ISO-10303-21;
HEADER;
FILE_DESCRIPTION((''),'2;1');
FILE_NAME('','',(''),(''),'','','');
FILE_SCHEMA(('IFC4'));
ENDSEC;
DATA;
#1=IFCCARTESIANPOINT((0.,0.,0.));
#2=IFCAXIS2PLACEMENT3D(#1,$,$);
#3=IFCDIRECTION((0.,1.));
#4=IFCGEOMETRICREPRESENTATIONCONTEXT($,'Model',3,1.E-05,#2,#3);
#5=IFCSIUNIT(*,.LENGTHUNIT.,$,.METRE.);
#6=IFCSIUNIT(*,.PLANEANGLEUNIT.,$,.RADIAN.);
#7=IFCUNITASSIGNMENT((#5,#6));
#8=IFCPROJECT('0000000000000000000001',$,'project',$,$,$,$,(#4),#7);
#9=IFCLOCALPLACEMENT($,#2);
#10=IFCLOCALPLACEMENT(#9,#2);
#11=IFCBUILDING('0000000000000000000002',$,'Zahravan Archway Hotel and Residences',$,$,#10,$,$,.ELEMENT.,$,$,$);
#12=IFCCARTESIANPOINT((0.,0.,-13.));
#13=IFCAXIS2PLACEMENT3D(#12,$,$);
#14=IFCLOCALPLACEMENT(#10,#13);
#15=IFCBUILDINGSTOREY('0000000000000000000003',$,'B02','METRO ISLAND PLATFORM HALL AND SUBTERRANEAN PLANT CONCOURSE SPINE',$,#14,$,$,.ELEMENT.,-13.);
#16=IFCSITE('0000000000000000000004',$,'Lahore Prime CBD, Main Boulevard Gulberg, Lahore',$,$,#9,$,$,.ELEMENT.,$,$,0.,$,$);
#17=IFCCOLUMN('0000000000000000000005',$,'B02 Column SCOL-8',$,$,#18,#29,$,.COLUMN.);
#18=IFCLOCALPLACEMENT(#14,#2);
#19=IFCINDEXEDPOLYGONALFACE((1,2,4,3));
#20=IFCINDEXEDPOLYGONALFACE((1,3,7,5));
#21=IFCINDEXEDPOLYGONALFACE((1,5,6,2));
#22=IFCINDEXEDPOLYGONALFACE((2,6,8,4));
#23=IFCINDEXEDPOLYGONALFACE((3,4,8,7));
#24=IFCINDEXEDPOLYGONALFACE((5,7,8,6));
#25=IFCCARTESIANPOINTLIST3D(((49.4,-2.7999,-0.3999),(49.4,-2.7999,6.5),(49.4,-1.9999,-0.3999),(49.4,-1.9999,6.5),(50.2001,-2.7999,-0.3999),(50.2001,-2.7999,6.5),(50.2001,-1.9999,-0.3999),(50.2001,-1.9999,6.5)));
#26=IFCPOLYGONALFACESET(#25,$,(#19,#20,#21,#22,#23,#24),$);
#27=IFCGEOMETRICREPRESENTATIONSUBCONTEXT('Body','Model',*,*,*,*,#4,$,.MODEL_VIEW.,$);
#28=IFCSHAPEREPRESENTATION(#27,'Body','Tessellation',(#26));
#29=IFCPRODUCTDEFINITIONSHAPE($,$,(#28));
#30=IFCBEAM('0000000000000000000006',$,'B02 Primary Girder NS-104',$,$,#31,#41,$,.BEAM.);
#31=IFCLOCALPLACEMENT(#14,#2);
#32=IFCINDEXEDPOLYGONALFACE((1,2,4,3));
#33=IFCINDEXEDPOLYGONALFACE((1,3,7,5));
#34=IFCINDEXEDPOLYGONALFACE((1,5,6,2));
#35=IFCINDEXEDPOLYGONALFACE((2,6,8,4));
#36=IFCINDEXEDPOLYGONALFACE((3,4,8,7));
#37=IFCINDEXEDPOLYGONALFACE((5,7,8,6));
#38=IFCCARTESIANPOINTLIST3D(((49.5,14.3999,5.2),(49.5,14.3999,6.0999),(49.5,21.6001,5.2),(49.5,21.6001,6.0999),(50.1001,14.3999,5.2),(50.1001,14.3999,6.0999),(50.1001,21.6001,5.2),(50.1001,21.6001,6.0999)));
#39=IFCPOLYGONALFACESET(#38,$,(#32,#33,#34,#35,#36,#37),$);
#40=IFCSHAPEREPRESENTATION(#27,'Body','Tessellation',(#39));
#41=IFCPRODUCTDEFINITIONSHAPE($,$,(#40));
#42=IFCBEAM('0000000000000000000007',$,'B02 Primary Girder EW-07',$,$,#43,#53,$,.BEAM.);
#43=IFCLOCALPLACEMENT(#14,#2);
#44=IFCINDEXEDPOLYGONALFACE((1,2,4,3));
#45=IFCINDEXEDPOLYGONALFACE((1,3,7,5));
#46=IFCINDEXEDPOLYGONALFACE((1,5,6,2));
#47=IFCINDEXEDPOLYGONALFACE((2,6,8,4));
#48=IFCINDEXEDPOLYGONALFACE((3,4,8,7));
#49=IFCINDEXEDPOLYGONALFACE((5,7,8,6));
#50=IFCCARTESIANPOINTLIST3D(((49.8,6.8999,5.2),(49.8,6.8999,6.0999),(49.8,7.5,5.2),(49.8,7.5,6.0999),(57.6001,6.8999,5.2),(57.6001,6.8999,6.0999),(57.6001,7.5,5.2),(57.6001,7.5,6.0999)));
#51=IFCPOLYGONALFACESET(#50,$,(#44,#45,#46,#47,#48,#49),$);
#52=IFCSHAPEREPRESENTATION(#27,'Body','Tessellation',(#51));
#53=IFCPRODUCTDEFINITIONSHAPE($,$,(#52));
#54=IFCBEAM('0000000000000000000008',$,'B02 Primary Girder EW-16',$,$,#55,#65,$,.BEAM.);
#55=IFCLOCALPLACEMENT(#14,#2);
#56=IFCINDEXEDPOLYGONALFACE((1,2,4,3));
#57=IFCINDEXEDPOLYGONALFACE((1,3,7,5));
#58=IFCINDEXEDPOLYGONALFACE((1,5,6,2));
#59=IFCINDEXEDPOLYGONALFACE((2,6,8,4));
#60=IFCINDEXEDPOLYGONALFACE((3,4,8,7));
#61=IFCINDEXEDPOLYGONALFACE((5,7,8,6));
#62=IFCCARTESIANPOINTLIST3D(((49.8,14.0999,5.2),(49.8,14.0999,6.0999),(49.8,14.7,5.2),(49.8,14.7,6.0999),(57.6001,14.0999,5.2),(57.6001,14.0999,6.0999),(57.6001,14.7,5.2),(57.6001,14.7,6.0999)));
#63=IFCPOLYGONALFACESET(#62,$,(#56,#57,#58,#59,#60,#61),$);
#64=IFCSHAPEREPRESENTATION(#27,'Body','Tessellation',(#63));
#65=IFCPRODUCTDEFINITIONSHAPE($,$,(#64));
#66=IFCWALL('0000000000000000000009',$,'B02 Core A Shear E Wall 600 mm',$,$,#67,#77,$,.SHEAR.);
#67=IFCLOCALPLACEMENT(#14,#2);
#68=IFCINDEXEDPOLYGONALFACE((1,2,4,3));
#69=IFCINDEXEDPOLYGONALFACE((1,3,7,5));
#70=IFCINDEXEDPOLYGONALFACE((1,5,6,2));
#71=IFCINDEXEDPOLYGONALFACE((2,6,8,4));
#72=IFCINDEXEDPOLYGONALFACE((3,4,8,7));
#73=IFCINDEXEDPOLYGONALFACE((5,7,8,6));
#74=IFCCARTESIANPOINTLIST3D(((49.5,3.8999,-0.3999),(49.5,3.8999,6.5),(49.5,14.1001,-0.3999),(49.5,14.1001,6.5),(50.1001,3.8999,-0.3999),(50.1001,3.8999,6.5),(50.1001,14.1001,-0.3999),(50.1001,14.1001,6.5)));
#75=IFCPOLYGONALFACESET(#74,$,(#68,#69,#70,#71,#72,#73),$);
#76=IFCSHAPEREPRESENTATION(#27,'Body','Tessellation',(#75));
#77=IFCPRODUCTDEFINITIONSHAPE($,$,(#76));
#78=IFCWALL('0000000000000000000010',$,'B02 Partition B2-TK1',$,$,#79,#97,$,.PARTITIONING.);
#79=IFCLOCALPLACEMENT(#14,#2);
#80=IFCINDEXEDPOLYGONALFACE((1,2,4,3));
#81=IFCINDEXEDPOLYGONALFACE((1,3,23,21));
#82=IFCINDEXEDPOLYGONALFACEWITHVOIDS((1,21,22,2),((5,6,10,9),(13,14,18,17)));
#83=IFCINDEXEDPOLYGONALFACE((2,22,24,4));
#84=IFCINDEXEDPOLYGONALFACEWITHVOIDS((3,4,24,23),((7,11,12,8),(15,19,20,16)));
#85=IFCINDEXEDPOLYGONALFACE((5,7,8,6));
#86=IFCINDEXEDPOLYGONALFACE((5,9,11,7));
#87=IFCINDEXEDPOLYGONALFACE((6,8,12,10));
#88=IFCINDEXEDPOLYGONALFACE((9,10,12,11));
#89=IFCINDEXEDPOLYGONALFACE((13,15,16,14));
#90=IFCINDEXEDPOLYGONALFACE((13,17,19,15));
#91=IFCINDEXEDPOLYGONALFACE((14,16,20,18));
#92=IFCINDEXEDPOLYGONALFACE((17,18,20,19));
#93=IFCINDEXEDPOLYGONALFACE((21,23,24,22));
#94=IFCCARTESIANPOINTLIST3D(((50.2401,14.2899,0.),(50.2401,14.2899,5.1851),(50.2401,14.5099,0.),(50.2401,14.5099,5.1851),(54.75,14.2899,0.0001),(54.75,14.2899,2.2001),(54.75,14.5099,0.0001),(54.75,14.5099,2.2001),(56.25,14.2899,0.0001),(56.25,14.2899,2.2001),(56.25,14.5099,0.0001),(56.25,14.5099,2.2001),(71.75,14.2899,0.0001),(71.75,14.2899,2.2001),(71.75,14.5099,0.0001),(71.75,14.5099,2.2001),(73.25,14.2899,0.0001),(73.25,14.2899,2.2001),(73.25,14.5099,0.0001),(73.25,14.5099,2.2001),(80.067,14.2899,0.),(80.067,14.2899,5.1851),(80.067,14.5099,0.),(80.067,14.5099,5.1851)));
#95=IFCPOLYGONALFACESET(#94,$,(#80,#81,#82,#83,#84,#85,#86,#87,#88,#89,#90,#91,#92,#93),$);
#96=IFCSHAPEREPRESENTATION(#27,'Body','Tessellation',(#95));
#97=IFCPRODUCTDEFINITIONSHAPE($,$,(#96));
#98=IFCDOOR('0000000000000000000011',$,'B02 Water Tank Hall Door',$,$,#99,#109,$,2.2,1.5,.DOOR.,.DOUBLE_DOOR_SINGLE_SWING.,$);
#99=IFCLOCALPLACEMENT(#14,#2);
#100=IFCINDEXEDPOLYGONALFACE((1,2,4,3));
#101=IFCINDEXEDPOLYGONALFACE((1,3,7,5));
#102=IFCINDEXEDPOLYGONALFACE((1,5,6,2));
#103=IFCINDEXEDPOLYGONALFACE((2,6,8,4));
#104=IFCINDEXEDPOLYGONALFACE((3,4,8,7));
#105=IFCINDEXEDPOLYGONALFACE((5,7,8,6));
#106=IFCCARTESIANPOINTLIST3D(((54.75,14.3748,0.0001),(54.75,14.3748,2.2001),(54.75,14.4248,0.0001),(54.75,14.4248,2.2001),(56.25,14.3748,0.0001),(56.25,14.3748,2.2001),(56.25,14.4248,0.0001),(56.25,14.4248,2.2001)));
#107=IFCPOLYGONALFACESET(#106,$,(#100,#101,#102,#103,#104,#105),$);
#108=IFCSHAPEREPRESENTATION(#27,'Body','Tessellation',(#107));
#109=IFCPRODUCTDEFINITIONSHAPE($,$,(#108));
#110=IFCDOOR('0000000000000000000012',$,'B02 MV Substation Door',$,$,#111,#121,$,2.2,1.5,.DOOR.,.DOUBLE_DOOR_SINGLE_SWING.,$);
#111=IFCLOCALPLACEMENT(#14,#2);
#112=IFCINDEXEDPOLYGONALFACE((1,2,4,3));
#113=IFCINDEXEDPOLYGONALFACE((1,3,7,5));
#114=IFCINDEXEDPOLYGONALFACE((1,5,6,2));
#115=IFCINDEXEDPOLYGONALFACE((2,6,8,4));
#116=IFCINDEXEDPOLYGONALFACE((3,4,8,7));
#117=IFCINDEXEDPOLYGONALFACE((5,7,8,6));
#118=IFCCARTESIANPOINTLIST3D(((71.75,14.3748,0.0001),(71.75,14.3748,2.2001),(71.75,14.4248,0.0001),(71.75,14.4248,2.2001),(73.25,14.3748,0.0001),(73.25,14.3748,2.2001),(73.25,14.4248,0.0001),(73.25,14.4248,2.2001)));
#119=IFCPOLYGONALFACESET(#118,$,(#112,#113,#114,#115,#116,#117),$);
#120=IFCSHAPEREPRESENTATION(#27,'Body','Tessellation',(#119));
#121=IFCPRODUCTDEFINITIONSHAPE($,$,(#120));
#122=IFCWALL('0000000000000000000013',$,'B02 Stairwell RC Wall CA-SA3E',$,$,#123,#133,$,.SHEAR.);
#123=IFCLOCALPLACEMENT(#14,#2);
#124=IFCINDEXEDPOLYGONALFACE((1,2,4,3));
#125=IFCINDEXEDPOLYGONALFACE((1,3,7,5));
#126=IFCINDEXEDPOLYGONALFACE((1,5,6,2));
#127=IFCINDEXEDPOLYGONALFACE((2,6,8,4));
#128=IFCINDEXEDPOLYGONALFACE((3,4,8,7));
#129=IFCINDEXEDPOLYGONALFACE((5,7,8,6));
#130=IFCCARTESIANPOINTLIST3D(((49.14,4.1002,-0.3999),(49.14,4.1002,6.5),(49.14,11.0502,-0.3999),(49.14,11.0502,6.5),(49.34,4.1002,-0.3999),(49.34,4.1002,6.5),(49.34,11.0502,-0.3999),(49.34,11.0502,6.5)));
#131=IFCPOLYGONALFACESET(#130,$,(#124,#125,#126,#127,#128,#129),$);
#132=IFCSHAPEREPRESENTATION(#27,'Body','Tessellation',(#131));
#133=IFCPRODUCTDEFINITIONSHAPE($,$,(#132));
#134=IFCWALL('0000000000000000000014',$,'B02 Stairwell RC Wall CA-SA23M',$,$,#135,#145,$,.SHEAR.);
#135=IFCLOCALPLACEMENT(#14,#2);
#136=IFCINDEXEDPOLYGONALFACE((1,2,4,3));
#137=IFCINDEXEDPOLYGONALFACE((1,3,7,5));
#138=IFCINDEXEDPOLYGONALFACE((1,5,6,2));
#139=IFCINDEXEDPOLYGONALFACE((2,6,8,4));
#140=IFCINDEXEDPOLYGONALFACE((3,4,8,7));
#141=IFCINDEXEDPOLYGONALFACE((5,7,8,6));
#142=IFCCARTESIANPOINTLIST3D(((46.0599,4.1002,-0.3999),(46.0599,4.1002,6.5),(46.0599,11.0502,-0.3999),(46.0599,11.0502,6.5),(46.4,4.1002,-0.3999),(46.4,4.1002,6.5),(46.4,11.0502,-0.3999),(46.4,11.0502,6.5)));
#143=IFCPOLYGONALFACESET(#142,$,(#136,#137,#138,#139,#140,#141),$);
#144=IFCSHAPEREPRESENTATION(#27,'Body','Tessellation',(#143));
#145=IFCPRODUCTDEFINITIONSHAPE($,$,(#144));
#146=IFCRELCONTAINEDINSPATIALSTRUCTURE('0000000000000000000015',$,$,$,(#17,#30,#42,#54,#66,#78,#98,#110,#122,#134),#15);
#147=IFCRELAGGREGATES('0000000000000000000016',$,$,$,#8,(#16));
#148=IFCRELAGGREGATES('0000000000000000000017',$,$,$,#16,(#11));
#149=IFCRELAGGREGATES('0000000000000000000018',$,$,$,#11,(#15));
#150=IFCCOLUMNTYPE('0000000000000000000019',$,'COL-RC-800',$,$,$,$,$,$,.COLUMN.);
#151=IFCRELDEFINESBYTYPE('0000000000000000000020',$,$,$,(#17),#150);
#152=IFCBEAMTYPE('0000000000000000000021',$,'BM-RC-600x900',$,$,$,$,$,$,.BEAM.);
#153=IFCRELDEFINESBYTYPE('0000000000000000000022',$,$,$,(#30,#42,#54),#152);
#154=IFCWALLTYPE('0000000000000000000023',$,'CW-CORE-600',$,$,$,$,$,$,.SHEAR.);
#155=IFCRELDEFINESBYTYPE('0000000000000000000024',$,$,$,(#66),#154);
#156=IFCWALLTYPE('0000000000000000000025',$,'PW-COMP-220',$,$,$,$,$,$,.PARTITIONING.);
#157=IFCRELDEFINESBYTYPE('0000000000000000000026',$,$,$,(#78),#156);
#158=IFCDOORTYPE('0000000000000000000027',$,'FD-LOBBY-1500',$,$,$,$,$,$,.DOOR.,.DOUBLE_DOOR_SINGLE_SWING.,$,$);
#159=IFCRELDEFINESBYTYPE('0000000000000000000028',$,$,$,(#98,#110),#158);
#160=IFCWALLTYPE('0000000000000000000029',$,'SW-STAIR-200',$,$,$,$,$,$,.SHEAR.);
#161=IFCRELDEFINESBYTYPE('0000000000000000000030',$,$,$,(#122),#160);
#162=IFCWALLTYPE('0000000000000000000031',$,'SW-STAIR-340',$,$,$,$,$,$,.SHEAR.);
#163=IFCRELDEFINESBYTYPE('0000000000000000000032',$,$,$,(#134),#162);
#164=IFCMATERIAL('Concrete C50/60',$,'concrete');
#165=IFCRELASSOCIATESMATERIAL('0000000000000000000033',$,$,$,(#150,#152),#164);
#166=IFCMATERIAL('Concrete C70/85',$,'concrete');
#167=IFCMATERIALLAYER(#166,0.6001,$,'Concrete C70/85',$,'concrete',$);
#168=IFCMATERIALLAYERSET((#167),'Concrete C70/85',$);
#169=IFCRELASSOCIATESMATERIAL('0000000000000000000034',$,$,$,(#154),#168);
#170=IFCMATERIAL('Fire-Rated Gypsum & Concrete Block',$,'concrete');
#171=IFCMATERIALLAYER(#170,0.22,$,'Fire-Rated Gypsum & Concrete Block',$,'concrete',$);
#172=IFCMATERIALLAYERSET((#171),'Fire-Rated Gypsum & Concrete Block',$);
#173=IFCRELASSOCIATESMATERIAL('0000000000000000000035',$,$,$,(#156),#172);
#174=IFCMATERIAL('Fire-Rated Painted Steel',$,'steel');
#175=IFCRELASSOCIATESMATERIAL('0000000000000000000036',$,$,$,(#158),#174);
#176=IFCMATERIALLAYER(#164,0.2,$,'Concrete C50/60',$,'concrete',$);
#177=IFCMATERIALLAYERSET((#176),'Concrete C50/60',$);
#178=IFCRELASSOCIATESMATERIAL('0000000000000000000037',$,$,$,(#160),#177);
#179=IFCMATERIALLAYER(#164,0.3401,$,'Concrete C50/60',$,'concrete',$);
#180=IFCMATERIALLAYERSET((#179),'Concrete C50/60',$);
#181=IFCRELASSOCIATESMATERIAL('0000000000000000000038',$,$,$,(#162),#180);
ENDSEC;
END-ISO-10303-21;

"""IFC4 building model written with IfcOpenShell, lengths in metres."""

from ifc_helpers import new_model, si_unit, direction, frame, frame_2d, origin, origin_2d, place, context, subcontext, project, spatial, rectangle, extrude, source, transform, mapped, material, layer, layer_set, material_profile, profile_set, type_object, type_shapes, element, fill, save


model = new_model("IFC4")

# Units and contexts
model_context = context("Model", 3, precision=1e-05, world=origin(), true_north=direction((0.0, 1.0)))
body_context = subcontext(model_context, "Body", "Model", "MODEL_VIEW")
ifc_project = project(units=[si_unit("LENGTHUNIT", "METRE"), si_unit("PLANEANGLEUNIT", "RADIAN")], contexts=[model_context])

# Site, building, storey
site_placement = place(None, origin())
site = spatial("IfcSite", under=ifc_project, at=site_placement, Name="Lahore Prime CBD, Main Boulevard Gulberg, Lahore", CompositionType="ELEMENT", RefElevation=0.0)
building_placement = place(site_placement, origin())
building = spatial("IfcBuilding", under=site, at=building_placement, Name="Zahravan Archway Hotel and Residences", CompositionType="ELEMENT")
storey_placement = place(building_placement, frame((0.0, 0.0, -13.0)))
storey = spatial("IfcBuildingStorey", under=building, at=storey_placement, Name="B02", Description="METRO ISLAND PLATFORM HALL AND SUBTERRANEAN PLANT CONCOURSE SPINE", CompositionType="ELEMENT", Elevation=-13.0)

# Shared definitions
ifc_material_1 = material(Name="Concrete C50/60", Category="concrete")

# Column
ifc_material_2 = material(Name="Concrete C70/85", Category="concrete")
ifc_material_profile_1 = material_profile(ifc_material_1, rectangle(XDim=0.8, YDim=0.8, at=origin_2d()), Name="RC-COL-800x800", Category="concrete")
ifc_profile_set_1 = profile_set([ifc_material_profile_1], Name="Concrete C50/60")
column_type_1 = type_object("IfcColumnType", Name="COL-RC-800", PredefinedType="COLUMN", material=ifc_profile_set_1)
shared_shape_1 = source(origin(), body_context, "Body", "SweptSolid", [
    extrude(rectangle(XDim=0.8, YDim=0.8, at=origin_2d()), origin(), (0.0, 0.0, 1.0), 6.8999),
])
type_shapes(column_type_1, [shared_shape_1])
column_1_placement = place(storey_placement, frame((49.8, -2.3999, -0.3999), z_axis=(0.0, 0.0, 1.0), x_axis=(1.0, 0.0, 0.0)))
element("IfcColumn", 1, at=column_1_placement, inside=storey, type_object=column_type_1, Name="B02 Column SCOL-8", PredefinedType="COLUMN", context=body_context, shape_type="MappedRepresentation", body=[
    mapped(shared_shape_1, transform((0.0, 0.0, 0.0), scale=1.0)),
])

# Beams
ifc_material_profile_2 = material_profile(ifc_material_1, rectangle(XDim=0.6001, YDim=0.8999, at=origin_2d()), Name="RC-BM-600x900", Category="concrete")
ifc_profile_set_2 = profile_set([ifc_material_profile_2], Name="Concrete C50/60")
beam_type = type_object("IfcBeamType", Name="BM-RC-600x900", PredefinedType="BEAM", material=ifc_profile_set_2)
shared_shape_2 = source(origin(), body_context, "Body", "SweptSolid", [
    extrude(rectangle(XDim=0.6001, YDim=0.8999, at=origin_2d()), origin(), (0.0, 0.0, 1.0), 7.2002),
])
beam_placement = place(storey_placement, frame((49.8, 14.3999, 5.6499), z_axis=(0.0, 1.0, 0.0), x_axis=(-1.0, 0.0, 0.0)))
element("IfcBeam", 2, at=beam_placement, inside=storey, type_object=beam_type, Name="B02 Primary Girder NS-104", PredefinedType="BEAM", context=body_context, shape_type="MappedRepresentation", body=[
    mapped(shared_shape_2, transform((0.0, 0.0, 0.0), scale=1.0)),
])
shared_shape_3 = source(origin(), body_context, "Body", "SweptSolid", [
    extrude(rectangle(XDim=0.6001, YDim=0.8999, at=origin_2d()), origin(), (0.0, 0.0, 1.0), 7.8),
])
for number, where, z_axis, x_axis, name in (
    (3, (49.8, 7.2, 5.6499), (1.0, 0.0, 0.0), (0.0, 1.0, 0.0), "B02 Primary Girder EW-07"),
    (4, (49.8, 14.3999, 5.6499), (1.0, 0.0, 0.0), (0.0, 1.0, 0.0), "B02 Primary Girder EW-16"),
):
    element("IfcBeam", number, at=place(storey_placement, frame(where, z_axis=z_axis, x_axis=x_axis)), inside=storey, type_object=beam_type, Name=name, PredefinedType="BEAM", context=body_context, shape_type="MappedRepresentation", body=[
        mapped(shared_shape_3, transform((0.0, 0.0, 0.0), scale=1.0)),
    ])

# Wall
ifc_layer_1 = layer(ifc_material_2, 0.6001, Name="Concrete C70/85", Category="concrete")
ifc_layer_set_1 = layer_set([ifc_layer_1], Name="Concrete C70/85")
wall_type_1 = type_object("IfcWallType", Name="CW-CORE-600", PredefinedType="SHEAR", material=ifc_layer_set_1)
wall_1_placement = place(storey_placement, frame((49.8, 3.8999, -0.3999), z_axis=(0.0, 0.0, 1.0), x_axis=(0.0, 1.0, 0.0)))
element("IfcWall", 5, at=wall_1_placement, inside=storey, type_object=wall_type_1, Name="B02 Core A Shear E Wall 600 mm", PredefinedType="SHEAR", context=body_context, shape_type="SweptSolid", body=[
    extrude(rectangle(XDim=10.2002, YDim=0.6001, at=frame_2d((5.1001, 0.0))), origin(), (0.0, 0.0, 1.0), 6.8999),
])

# Wall, openings, doors
ifc_material_3 = material(Name="Fire-Rated Gypsum & Concrete Block", Category="concrete")
ifc_layer_2 = layer(ifc_material_3, 0.22, Name="Fire-Rated Gypsum & Concrete Block", Category="concrete")
ifc_layer_set_2 = layer_set([ifc_layer_2], Name="Fire-Rated Gypsum & Concrete Block")
wall_type_2 = type_object("IfcWallType", Name="PW-COMP-220", PredefinedType="PARTITIONING", material=ifc_layer_set_2)
wall_2_placement = place(storey_placement, frame((50.24, 14.3999, 0.0), z_axis=(0.0, 0.0, 1.0), x_axis=(1.0, 0.0, 0.0)))
wall_2 = element("IfcWall", 6, at=wall_2_placement, inside=storey, type_object=wall_type_2, Name="B02 Partition B2-TK1", PredefinedType="PARTITIONING", context=body_context, shape_type="SweptSolid", body=[
    extrude(rectangle(XDim=29.8269, YDim=0.22, at=frame_2d((14.9136, 0.0))), origin(), (0.0, 0.0, 1.0), 5.1851),
])
opening_1_placement = place(wall_2_placement, frame((4.51, 0.0, 0.0)))
opening_1 = element("IfcOpeningElement", 7, at=opening_1_placement, cuts=wall_2, PredefinedType="OPENING", context=body_context, shape_type="SweptSolid", body=[
    extrude(rectangle(XDim=1.5, YDim=2.2, at=frame_2d((0.75, 1.1001))), frame((0.0, 0.1201, 0.0), z_axis=(0.0, -1.0, 0.0), x_axis=(1.0, 0.0, 0.0)), (0.0, 0.0, 1.0), 0.24),
])
opening_2_placement = place(wall_2_placement, frame((21.51, 0.0, 0.0)))
opening_2 = element("IfcOpeningElement", 8, at=opening_2_placement, cuts=wall_2, PredefinedType="OPENING", context=body_context, shape_type="SweptSolid", body=[
    extrude(rectangle(XDim=1.5, YDim=2.2, at=frame_2d((0.75, 1.1001))), frame((0.0, 0.1201, 0.0), z_axis=(0.0, -1.0, 0.0), x_axis=(1.0, 0.0, 0.0)), (0.0, 0.0, 1.0), 0.24),
])
ifc_material_4 = material(Name="Fire-Rated Painted Steel", Category="steel")
door_type = type_object("IfcDoorType", Name="FD-LOBBY-1500", OperationType="DOUBLE_DOOR_SINGLE_SWING", PredefinedType="DOOR", material=ifc_material_4)
shared_shape_4 = source(origin(), body_context, "Body", "SweptSolid", [
    extrude(rectangle(XDim=1.5, YDim=2.2, at=frame_2d((0.75, 1.1001))), frame((0.0, 0.0249, 0.0), z_axis=(0.0, -1.0, 0.0), x_axis=(1.0, 0.0, 0.0)), (0.0, 0.0, 1.0), 0.05),
])
type_shapes(door_type, [shared_shape_4])
door_1_placement = place(opening_1_placement, origin())
door_1 = element("IfcDoor", 9, at=door_1_placement, inside=storey, type_object=door_type, Name="B02 Water Tank Hall Door", OperationType="DOUBLE_DOOR_SINGLE_SWING", OverallHeight=2.2, OverallWidth=1.5, PredefinedType="DOOR", context=body_context, shape_type="MappedRepresentation", body=[
    mapped(shared_shape_4, transform((0.0, 0.0, 0.0), scale=1.0)),
])
fill(opening_1, door_1)
door_2_placement = place(opening_2_placement, origin())
door_2 = element("IfcDoor", 10, at=door_2_placement, inside=storey, type_object=door_type, Name="B02 MV Substation Door", OperationType="DOUBLE_DOOR_SINGLE_SWING", OverallHeight=2.2, OverallWidth=1.5, PredefinedType="DOOR", context=body_context, shape_type="MappedRepresentation", body=[
    mapped(shared_shape_4, transform((0.0, 0.0, 0.0), scale=1.0)),
])
fill(opening_2, door_2)

# Walls
ifc_layer_3 = layer(ifc_material_1, 0.2, Name="Concrete C50/60", Category="concrete")
ifc_layer_set_3 = layer_set([ifc_layer_3], Name="Concrete C50/60")
wall_type_3 = type_object("IfcWallType", Name="SW-STAIR-200", PredefinedType="SHEAR", material=ifc_layer_set_3)
wall_3_placement = place(storey_placement, frame((49.24, 4.1001, -0.3999), z_axis=(0.0, 0.0, 1.0), x_axis=(0.0, 1.0, 0.0)))
element("IfcWall", 11, at=wall_3_placement, inside=storey, type_object=wall_type_3, Name="B02 Stairwell RC Wall CA-SA3E", PredefinedType="SHEAR", context=body_context, shape_type="SweptSolid", body=[
    extrude(rectangle(XDim=6.95, YDim=0.2, at=frame_2d((3.4751, 0.0))), origin(), (0.0, 0.0, 1.0), 6.8999),
])
ifc_layer_4 = layer(ifc_material_1, 0.3401, Name="Concrete C50/60", Category="concrete")
ifc_layer_set_4 = layer_set([ifc_layer_4], Name="Concrete C50/60")
wall_type_4 = type_object("IfcWallType", Name="SW-STAIR-340", PredefinedType="SHEAR", material=ifc_layer_set_4)
wall_4_placement = place(storey_placement, frame((46.23, 4.1001, -0.3999), z_axis=(0.0, 0.0, 1.0), x_axis=(0.0, 1.0, 0.0)))
element("IfcWall", 12, at=wall_4_placement, inside=storey, type_object=wall_type_4, Name="B02 Stairwell RC Wall CA-SA23M", PredefinedType="SHEAR", context=body_context, shape_type="SweptSolid", body=[
    extrude(rectangle(XDim=6.95, YDim=0.3401, at=frame_2d((3.4751, 0.0))), origin(), (0.0, 0.0, 1.0), 6.8999),
])

save(model, "model.ifc")
